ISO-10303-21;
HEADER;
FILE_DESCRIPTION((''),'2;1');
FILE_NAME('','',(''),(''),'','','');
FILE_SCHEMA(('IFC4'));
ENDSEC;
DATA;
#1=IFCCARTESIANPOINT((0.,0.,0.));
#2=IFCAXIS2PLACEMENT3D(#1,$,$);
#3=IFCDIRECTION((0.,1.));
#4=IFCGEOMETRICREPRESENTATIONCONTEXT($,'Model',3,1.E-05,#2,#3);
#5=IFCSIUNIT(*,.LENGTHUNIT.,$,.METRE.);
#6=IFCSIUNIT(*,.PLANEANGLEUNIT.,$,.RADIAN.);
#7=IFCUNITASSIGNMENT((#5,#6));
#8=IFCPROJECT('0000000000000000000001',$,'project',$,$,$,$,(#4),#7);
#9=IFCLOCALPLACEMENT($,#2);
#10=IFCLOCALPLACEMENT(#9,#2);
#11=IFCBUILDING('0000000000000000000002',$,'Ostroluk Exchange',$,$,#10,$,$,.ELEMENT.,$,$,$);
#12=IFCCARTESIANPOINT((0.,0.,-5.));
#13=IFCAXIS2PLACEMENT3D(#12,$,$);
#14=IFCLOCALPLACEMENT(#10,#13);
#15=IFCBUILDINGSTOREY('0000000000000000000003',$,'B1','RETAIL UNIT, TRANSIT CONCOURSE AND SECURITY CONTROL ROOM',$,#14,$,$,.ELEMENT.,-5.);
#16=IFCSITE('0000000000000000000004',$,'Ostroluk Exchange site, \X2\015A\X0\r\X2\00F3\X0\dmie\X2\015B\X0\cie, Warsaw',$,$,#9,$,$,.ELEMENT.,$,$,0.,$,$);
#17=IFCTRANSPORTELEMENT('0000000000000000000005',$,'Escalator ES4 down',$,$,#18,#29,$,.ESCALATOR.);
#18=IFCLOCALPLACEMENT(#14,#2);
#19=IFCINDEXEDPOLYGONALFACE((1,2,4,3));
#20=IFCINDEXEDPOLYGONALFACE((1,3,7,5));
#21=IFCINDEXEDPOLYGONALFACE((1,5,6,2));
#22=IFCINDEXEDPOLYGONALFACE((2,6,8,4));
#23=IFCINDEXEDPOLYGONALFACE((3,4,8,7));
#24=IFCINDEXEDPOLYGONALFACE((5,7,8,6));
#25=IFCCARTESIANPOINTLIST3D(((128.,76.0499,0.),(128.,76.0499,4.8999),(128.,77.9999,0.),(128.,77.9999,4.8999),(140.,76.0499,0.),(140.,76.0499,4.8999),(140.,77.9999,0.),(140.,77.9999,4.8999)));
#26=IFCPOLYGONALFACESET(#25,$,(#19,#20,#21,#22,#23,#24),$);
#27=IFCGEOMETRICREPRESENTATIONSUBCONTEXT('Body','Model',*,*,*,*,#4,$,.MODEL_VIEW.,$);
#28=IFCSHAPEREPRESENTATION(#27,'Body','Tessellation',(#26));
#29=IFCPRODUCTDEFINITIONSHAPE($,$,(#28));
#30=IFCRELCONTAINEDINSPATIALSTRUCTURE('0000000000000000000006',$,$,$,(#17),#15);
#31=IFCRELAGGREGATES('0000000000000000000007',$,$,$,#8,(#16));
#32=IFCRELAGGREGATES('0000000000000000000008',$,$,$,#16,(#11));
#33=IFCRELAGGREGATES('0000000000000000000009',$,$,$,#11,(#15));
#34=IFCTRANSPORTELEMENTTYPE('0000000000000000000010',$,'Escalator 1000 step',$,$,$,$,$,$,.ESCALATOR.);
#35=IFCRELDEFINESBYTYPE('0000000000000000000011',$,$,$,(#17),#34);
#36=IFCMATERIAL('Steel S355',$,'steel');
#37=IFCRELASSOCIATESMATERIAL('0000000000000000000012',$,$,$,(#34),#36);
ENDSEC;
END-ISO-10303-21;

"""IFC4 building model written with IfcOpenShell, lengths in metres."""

from ifc_helpers import new_model, si_unit, direction, frame, origin, origin_2d, place, context, subcontext, project, spatial, rectangle, extrude, material, type_object, element, save


model = new_model("IFC4")

# Units and contexts
model_context = context("Model", 3, precision=1e-05, world=origin(), true_north=direction((0.0, 1.0)))
body_context = subcontext(model_context, "Body", "Model", "MODEL_VIEW")
ifc_project = project(units=[si_unit("LENGTHUNIT", "METRE"), si_unit("PLANEANGLEUNIT", "RADIAN")], contexts=[model_context])

# Site, building, storey
site_placement = place(None, origin())
site = spatial("IfcSite", under=ifc_project, at=site_placement, Name="Ostroluk Exchange site, Śródmieście, Warsaw", CompositionType="ELEMENT", RefElevation=0.0)
building_placement = place(site_placement, origin())
building = spatial("IfcBuilding", under=site, at=building_placement, Name="Ostroluk Exchange", CompositionType="ELEMENT")
storey_placement = place(building_placement, frame((0.0, 0.0, -5.0)))
storey = spatial("IfcBuildingStorey", under=building, at=storey_placement, Name="B1", Description="RETAIL UNIT, TRANSIT CONCOURSE AND SECURITY CONTROL ROOM", CompositionType="ELEMENT", Elevation=-5.0)

# Transport element
ifc_material_1 = material(Name="Steel S355", Category="steel")
transport_element_type = type_object("IfcTransportElementType", Name="Escalator 1000 step", PredefinedType="ESCALATOR", material=ifc_material_1)
for number, where, z_axis, x_axis, name in (
    (1, (134.0, 77.0249, 0.0), (0.0, 0.0, 1.0), (1.0, 0.0, 0.0), "Escalator ES4 down"),
):
    element("IfcTransportElement", number, at=place(storey_placement, frame(where, z_axis=z_axis, x_axis=x_axis)), inside=storey, type_object=transport_element_type, Name=name, PredefinedType="ESCALATOR", context=body_context, shape_type="SweptSolid", body=[
        extrude(rectangle(XDim=12.0, YDim=1.95, at=origin_2d()), origin(), (0.0, 0.0, 1.0), 4.8999),
    ])

save(model, "model.ifc")
